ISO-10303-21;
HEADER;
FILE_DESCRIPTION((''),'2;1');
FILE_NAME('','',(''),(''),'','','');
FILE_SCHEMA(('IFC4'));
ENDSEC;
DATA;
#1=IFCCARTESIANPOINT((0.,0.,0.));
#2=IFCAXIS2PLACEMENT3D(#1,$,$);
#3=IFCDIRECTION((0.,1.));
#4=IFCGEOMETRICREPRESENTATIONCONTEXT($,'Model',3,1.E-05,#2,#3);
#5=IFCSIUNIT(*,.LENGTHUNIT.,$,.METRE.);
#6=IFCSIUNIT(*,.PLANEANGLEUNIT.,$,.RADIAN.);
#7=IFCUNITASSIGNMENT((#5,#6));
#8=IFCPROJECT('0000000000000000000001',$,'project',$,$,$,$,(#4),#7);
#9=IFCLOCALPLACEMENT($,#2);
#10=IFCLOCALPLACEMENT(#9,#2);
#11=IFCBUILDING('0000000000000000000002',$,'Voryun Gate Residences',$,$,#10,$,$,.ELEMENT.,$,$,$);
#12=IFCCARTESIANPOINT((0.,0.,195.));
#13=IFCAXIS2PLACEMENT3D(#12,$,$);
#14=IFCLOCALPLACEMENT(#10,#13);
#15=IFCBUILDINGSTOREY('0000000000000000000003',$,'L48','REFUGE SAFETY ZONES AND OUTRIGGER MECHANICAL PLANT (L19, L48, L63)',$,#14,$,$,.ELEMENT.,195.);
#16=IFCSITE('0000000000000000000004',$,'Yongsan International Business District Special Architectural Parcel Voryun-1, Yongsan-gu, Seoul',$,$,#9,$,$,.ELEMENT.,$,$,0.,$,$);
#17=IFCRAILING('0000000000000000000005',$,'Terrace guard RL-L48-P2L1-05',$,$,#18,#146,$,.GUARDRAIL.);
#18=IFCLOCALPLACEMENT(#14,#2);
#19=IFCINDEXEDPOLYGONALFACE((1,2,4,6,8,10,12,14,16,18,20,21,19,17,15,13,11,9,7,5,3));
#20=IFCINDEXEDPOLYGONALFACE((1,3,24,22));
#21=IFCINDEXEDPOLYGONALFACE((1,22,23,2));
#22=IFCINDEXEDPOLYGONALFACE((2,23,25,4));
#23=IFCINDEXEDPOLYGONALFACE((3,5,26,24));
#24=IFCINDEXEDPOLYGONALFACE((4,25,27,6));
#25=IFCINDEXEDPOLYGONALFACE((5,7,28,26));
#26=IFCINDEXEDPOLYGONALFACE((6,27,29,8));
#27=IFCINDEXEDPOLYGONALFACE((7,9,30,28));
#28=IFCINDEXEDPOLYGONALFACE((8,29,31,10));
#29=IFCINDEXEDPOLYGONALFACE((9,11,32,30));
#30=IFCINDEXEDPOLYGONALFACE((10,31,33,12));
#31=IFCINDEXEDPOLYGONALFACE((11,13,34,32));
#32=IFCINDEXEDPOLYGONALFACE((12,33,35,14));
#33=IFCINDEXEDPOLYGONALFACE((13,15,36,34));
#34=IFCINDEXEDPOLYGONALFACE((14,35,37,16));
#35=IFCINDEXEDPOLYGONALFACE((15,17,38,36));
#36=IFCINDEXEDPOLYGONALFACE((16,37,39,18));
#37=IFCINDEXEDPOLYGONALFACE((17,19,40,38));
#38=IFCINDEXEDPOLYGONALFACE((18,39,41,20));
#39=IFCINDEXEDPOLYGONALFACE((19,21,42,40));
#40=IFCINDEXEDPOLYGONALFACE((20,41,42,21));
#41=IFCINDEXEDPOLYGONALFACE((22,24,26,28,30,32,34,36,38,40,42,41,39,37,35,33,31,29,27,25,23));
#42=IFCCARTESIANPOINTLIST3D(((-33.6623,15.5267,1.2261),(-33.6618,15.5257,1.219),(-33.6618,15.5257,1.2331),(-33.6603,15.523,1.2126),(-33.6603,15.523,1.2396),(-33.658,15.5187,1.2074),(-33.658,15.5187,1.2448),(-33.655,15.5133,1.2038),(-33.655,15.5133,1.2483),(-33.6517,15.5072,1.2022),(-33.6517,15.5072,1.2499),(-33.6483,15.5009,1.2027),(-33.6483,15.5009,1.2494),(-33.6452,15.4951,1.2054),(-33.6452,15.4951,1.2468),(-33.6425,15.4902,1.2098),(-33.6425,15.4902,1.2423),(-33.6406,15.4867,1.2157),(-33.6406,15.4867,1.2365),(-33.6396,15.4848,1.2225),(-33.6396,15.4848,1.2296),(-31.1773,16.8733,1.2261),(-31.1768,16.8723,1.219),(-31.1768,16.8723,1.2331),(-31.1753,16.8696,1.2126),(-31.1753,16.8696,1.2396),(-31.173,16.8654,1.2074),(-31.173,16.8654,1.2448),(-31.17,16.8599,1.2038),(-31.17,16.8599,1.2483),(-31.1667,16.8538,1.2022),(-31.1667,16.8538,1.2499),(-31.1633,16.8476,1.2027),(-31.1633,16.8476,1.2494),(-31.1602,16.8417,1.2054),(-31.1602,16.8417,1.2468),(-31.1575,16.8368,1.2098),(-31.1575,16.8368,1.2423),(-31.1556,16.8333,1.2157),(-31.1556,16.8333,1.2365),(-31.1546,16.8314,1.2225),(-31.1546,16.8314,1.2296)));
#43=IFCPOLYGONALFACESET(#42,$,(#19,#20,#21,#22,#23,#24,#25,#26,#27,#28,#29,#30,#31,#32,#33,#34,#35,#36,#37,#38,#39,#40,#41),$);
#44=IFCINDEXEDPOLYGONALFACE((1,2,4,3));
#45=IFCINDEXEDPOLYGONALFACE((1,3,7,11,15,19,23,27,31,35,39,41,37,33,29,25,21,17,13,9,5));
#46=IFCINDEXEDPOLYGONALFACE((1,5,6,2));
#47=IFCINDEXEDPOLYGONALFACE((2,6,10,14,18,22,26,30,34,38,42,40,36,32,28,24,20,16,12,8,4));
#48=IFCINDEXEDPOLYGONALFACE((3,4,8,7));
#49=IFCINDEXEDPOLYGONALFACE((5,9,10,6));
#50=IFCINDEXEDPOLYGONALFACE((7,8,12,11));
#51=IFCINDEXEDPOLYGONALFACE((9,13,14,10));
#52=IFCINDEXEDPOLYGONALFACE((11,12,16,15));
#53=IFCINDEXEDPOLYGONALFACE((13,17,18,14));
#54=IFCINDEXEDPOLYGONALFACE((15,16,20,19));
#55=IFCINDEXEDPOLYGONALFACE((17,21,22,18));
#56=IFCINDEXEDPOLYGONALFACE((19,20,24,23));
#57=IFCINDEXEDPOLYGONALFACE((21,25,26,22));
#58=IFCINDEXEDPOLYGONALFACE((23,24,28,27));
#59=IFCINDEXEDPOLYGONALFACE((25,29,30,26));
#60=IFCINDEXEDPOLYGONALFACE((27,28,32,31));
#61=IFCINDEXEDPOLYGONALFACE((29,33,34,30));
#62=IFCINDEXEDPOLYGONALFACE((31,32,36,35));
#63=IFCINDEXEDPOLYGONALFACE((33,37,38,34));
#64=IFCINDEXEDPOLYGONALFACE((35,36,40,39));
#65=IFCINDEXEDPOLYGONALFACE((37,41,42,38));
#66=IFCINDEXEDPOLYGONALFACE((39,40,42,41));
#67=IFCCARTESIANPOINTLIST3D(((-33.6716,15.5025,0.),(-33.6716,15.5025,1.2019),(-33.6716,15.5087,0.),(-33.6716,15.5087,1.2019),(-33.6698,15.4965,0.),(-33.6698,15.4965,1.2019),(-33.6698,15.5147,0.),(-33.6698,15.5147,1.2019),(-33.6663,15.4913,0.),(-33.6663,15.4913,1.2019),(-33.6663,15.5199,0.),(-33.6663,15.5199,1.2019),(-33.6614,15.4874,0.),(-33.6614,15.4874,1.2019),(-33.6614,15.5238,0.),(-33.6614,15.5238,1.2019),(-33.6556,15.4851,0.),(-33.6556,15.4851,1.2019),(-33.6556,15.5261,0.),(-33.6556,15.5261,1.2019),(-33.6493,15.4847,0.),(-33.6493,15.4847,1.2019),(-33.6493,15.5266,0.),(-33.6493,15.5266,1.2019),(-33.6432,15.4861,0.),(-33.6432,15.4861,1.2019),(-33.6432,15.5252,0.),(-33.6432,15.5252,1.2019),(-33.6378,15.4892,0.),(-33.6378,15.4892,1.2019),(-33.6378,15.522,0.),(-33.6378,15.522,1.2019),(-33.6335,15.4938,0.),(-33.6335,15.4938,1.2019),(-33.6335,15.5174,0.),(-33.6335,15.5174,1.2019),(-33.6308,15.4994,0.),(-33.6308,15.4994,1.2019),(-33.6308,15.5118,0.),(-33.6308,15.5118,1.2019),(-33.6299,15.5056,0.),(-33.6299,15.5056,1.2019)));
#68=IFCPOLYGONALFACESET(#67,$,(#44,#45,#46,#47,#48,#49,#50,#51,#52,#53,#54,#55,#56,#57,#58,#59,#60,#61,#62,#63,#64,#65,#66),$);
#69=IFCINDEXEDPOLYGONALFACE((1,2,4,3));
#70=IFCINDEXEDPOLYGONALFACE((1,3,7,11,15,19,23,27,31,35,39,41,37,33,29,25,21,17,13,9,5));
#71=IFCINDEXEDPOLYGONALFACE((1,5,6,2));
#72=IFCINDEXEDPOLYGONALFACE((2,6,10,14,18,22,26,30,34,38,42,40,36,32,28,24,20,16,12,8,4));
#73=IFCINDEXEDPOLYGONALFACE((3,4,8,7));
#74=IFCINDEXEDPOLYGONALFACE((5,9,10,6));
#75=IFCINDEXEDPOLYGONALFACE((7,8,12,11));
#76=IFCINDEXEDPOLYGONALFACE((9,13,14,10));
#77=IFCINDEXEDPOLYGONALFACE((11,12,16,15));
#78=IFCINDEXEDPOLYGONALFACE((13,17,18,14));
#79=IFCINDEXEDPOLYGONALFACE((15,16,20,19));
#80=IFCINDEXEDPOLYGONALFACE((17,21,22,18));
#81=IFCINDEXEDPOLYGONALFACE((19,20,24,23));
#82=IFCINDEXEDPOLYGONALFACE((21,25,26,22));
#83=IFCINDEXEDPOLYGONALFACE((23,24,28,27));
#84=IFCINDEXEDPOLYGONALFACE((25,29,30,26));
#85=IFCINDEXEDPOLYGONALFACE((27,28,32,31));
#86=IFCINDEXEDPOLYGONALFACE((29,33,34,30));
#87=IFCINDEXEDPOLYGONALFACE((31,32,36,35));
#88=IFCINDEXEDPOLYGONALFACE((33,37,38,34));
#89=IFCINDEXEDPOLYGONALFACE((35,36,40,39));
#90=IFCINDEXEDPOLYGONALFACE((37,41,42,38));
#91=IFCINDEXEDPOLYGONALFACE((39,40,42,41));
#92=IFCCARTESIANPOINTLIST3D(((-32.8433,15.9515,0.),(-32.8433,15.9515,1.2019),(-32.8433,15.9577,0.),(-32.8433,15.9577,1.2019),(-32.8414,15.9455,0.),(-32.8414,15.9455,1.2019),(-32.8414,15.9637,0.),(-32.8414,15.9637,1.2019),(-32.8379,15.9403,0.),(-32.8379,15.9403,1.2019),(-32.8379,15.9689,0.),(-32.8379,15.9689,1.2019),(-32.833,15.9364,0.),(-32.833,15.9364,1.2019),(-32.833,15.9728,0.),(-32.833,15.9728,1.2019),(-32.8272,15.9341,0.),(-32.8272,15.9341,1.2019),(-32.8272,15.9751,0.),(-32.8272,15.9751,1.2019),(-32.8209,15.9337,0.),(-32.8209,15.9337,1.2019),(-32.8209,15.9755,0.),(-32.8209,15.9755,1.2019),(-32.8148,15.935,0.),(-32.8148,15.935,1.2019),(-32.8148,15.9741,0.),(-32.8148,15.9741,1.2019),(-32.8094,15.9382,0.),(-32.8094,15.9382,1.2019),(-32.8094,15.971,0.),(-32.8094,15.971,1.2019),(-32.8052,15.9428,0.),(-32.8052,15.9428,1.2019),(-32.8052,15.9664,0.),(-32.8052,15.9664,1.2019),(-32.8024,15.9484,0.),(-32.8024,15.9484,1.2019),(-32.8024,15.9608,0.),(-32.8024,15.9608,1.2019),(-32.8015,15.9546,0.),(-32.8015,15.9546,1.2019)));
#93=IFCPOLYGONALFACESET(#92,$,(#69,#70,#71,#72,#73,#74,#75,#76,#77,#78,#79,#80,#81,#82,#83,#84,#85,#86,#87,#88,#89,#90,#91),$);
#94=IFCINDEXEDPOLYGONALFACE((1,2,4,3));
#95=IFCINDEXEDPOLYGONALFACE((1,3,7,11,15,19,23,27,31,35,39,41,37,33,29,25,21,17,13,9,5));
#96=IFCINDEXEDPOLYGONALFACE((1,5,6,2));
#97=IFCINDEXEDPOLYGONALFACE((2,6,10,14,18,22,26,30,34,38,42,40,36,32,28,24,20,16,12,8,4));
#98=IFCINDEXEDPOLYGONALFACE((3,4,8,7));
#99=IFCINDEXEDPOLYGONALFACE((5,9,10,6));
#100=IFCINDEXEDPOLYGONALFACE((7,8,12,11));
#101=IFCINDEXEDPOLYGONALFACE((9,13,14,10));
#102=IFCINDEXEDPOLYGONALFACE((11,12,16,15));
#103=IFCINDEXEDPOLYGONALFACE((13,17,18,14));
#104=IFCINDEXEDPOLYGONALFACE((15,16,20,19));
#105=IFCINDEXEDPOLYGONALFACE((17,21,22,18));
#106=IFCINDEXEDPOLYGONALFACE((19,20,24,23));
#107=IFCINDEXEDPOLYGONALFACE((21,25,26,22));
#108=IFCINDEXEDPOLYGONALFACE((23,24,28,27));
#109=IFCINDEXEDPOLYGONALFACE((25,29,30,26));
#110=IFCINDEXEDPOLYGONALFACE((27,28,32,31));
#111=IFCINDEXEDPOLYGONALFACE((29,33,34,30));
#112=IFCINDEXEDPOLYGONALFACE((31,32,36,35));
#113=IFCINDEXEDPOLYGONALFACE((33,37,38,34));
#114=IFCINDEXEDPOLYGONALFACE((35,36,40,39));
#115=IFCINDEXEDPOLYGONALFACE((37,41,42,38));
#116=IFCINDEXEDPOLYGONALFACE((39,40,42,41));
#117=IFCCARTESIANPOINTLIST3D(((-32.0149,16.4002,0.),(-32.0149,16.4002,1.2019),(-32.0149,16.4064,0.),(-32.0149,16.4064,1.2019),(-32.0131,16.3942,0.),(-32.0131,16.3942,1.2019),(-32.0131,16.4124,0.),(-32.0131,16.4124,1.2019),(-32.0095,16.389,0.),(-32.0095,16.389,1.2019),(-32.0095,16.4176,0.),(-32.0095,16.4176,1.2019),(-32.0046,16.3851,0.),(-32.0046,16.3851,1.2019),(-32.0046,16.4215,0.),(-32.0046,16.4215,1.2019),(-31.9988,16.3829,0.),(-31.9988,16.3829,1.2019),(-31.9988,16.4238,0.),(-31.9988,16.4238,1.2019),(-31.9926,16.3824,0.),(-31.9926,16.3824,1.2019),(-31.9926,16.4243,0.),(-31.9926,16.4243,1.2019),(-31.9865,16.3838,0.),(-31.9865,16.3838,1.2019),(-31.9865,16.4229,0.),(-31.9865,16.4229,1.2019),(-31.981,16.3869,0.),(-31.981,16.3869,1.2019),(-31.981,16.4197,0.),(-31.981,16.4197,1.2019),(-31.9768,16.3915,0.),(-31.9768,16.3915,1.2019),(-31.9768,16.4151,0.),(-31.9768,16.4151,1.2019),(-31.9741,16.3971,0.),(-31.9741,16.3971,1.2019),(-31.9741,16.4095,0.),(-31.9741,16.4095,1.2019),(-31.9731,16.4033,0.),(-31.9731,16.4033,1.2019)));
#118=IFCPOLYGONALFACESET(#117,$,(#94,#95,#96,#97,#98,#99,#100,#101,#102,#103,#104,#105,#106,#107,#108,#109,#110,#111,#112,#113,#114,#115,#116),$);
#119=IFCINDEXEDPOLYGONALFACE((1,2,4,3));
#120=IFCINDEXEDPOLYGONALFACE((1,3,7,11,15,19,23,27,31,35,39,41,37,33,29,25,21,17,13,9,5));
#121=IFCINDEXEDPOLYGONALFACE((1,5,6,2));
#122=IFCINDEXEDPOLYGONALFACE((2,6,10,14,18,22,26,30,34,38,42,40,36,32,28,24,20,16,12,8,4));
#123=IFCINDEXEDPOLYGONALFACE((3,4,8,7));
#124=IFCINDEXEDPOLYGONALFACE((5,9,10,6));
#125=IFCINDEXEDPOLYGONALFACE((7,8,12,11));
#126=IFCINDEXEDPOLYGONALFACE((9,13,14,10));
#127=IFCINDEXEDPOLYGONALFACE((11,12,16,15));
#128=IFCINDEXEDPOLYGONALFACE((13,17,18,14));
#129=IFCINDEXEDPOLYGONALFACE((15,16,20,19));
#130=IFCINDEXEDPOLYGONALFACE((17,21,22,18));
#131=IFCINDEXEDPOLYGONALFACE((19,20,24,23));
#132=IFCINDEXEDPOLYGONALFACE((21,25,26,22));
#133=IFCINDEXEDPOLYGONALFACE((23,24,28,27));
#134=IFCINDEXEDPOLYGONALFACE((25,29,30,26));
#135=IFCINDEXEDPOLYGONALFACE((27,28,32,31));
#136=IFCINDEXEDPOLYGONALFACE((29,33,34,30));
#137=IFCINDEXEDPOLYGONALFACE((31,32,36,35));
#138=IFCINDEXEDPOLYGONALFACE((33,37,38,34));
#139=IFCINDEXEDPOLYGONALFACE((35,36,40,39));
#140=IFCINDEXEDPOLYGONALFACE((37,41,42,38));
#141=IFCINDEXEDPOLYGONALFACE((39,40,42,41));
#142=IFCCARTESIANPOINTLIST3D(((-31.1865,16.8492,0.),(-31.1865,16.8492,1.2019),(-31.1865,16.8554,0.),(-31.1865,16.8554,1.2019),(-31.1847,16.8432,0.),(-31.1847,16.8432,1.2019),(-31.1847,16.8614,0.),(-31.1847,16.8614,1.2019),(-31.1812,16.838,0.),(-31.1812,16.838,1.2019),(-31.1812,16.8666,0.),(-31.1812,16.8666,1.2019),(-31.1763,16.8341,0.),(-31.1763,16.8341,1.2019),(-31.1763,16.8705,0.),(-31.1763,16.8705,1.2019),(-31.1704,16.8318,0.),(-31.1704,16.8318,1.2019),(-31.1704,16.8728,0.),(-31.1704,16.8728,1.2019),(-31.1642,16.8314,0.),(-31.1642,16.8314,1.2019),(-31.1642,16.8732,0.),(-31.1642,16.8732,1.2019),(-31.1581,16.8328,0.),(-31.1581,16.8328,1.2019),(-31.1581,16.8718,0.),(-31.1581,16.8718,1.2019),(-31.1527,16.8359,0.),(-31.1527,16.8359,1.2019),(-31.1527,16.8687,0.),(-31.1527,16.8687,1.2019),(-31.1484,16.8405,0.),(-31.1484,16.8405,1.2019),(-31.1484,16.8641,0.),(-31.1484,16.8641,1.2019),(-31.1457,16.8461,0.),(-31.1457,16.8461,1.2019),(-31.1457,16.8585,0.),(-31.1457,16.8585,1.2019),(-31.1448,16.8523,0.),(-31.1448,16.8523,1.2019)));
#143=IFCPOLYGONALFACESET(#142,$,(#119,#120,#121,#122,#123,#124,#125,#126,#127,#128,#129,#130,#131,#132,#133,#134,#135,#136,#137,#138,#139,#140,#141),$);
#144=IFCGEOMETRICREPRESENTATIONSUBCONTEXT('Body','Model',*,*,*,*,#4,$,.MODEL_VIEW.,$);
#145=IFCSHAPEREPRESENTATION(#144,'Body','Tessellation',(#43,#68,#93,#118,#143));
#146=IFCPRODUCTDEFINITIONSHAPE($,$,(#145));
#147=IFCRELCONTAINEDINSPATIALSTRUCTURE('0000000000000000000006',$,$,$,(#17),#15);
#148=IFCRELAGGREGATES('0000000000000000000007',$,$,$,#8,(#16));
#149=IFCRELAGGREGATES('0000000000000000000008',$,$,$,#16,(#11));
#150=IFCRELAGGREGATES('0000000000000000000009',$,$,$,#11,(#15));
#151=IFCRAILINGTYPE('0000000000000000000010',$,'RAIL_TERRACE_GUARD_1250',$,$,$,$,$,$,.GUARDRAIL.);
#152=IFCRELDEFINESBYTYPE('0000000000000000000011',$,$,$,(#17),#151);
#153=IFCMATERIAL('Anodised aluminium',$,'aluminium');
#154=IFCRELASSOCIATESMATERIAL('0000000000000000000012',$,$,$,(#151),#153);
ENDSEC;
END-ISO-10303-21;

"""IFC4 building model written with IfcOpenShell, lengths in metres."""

from ifc_helpers import new_model, si_unit, direction, frame, origin, origin_2d, place, context, subcontext, project, spatial, circle, extrude, material, type_object, element, save


model = new_model("IFC4")

# Units and contexts
model_context = context("Model", 3, precision=1e-05, world=origin(), true_north=direction((0.0, 1.0)))
body_context = subcontext(model_context, "Body", "Model", "MODEL_VIEW")
ifc_project = project(units=[si_unit("LENGTHUNIT", "METRE"), si_unit("PLANEANGLEUNIT", "RADIAN")], contexts=[model_context])

# Site, building, storey
site_placement = place(None, origin())
site = spatial("IfcSite", under=ifc_project, at=site_placement, Name="Yongsan International Business District Special Architectural Parcel Voryun-1, Yongsan-gu, Seoul", CompositionType="ELEMENT", RefElevation=0.0)
building_placement = place(site_placement, origin())
building = spatial("IfcBuilding", under=site, at=building_placement, Name="Voryun Gate Residences", CompositionType="ELEMENT")
storey_placement = place(building_placement, frame((0.0, 0.0, 195.0)))
storey = spatial("IfcBuildingStorey", under=building, at=storey_placement, Name="L48", Description="REFUGE SAFETY ZONES AND OUTRIGGER MECHANICAL PLANT (L19, L48, L63)", CompositionType="ELEMENT", Elevation=195.0)

# Railing
ifc_material_1 = material(Name="Anodised aluminium", Category="aluminium")
railing_type = type_object("IfcRailingType", Name="RAIL_TERRACE_GUARD_1250", PredefinedType="GUARDRAIL", material=ifc_material_1)
railing_1_placement = place(storey_placement, frame((-33.6509, 15.5056, 0.0)))
element("IfcRailing", 1, at=railing_1_placement, inside=storey, type_object=railing_type, Name="Terrace guard RL-L48-P2L1-05", PredefinedType="GUARDRAIL", context=body_context, shape_type="SweptSolid", body=[
    extrude(circle(Radius=0.0239, at=origin_2d()), frame((0.0, 0.0, 1.2261), z_axis=(0.879206, 0.476442, 0.0), x_axis=(-0.476442, 0.879206, 0.0)), (0.0, 0.0, 1.0), 2.8264),
    extrude(circle(Radius=0.021, at=origin_2d()), origin(), (0.0, 0.0, 1.0), 1.2019),
    extrude(circle(Radius=0.021, at=origin_2d()), frame((0.8284, 0.449, 0.0)), (0.0, 0.0, 1.0), 1.2019),
    extrude(circle(Radius=0.021, at=origin_2d()), frame((1.6567, 0.8977, 0.0)), (0.0, 0.0, 1.0), 1.2019),
    extrude(circle(Radius=0.021, at=origin_2d()), frame((2.4851, 1.3467, 0.0)), (0.0, 0.0, 1.0), 1.2019),
])

save(model, "model.ifc")
